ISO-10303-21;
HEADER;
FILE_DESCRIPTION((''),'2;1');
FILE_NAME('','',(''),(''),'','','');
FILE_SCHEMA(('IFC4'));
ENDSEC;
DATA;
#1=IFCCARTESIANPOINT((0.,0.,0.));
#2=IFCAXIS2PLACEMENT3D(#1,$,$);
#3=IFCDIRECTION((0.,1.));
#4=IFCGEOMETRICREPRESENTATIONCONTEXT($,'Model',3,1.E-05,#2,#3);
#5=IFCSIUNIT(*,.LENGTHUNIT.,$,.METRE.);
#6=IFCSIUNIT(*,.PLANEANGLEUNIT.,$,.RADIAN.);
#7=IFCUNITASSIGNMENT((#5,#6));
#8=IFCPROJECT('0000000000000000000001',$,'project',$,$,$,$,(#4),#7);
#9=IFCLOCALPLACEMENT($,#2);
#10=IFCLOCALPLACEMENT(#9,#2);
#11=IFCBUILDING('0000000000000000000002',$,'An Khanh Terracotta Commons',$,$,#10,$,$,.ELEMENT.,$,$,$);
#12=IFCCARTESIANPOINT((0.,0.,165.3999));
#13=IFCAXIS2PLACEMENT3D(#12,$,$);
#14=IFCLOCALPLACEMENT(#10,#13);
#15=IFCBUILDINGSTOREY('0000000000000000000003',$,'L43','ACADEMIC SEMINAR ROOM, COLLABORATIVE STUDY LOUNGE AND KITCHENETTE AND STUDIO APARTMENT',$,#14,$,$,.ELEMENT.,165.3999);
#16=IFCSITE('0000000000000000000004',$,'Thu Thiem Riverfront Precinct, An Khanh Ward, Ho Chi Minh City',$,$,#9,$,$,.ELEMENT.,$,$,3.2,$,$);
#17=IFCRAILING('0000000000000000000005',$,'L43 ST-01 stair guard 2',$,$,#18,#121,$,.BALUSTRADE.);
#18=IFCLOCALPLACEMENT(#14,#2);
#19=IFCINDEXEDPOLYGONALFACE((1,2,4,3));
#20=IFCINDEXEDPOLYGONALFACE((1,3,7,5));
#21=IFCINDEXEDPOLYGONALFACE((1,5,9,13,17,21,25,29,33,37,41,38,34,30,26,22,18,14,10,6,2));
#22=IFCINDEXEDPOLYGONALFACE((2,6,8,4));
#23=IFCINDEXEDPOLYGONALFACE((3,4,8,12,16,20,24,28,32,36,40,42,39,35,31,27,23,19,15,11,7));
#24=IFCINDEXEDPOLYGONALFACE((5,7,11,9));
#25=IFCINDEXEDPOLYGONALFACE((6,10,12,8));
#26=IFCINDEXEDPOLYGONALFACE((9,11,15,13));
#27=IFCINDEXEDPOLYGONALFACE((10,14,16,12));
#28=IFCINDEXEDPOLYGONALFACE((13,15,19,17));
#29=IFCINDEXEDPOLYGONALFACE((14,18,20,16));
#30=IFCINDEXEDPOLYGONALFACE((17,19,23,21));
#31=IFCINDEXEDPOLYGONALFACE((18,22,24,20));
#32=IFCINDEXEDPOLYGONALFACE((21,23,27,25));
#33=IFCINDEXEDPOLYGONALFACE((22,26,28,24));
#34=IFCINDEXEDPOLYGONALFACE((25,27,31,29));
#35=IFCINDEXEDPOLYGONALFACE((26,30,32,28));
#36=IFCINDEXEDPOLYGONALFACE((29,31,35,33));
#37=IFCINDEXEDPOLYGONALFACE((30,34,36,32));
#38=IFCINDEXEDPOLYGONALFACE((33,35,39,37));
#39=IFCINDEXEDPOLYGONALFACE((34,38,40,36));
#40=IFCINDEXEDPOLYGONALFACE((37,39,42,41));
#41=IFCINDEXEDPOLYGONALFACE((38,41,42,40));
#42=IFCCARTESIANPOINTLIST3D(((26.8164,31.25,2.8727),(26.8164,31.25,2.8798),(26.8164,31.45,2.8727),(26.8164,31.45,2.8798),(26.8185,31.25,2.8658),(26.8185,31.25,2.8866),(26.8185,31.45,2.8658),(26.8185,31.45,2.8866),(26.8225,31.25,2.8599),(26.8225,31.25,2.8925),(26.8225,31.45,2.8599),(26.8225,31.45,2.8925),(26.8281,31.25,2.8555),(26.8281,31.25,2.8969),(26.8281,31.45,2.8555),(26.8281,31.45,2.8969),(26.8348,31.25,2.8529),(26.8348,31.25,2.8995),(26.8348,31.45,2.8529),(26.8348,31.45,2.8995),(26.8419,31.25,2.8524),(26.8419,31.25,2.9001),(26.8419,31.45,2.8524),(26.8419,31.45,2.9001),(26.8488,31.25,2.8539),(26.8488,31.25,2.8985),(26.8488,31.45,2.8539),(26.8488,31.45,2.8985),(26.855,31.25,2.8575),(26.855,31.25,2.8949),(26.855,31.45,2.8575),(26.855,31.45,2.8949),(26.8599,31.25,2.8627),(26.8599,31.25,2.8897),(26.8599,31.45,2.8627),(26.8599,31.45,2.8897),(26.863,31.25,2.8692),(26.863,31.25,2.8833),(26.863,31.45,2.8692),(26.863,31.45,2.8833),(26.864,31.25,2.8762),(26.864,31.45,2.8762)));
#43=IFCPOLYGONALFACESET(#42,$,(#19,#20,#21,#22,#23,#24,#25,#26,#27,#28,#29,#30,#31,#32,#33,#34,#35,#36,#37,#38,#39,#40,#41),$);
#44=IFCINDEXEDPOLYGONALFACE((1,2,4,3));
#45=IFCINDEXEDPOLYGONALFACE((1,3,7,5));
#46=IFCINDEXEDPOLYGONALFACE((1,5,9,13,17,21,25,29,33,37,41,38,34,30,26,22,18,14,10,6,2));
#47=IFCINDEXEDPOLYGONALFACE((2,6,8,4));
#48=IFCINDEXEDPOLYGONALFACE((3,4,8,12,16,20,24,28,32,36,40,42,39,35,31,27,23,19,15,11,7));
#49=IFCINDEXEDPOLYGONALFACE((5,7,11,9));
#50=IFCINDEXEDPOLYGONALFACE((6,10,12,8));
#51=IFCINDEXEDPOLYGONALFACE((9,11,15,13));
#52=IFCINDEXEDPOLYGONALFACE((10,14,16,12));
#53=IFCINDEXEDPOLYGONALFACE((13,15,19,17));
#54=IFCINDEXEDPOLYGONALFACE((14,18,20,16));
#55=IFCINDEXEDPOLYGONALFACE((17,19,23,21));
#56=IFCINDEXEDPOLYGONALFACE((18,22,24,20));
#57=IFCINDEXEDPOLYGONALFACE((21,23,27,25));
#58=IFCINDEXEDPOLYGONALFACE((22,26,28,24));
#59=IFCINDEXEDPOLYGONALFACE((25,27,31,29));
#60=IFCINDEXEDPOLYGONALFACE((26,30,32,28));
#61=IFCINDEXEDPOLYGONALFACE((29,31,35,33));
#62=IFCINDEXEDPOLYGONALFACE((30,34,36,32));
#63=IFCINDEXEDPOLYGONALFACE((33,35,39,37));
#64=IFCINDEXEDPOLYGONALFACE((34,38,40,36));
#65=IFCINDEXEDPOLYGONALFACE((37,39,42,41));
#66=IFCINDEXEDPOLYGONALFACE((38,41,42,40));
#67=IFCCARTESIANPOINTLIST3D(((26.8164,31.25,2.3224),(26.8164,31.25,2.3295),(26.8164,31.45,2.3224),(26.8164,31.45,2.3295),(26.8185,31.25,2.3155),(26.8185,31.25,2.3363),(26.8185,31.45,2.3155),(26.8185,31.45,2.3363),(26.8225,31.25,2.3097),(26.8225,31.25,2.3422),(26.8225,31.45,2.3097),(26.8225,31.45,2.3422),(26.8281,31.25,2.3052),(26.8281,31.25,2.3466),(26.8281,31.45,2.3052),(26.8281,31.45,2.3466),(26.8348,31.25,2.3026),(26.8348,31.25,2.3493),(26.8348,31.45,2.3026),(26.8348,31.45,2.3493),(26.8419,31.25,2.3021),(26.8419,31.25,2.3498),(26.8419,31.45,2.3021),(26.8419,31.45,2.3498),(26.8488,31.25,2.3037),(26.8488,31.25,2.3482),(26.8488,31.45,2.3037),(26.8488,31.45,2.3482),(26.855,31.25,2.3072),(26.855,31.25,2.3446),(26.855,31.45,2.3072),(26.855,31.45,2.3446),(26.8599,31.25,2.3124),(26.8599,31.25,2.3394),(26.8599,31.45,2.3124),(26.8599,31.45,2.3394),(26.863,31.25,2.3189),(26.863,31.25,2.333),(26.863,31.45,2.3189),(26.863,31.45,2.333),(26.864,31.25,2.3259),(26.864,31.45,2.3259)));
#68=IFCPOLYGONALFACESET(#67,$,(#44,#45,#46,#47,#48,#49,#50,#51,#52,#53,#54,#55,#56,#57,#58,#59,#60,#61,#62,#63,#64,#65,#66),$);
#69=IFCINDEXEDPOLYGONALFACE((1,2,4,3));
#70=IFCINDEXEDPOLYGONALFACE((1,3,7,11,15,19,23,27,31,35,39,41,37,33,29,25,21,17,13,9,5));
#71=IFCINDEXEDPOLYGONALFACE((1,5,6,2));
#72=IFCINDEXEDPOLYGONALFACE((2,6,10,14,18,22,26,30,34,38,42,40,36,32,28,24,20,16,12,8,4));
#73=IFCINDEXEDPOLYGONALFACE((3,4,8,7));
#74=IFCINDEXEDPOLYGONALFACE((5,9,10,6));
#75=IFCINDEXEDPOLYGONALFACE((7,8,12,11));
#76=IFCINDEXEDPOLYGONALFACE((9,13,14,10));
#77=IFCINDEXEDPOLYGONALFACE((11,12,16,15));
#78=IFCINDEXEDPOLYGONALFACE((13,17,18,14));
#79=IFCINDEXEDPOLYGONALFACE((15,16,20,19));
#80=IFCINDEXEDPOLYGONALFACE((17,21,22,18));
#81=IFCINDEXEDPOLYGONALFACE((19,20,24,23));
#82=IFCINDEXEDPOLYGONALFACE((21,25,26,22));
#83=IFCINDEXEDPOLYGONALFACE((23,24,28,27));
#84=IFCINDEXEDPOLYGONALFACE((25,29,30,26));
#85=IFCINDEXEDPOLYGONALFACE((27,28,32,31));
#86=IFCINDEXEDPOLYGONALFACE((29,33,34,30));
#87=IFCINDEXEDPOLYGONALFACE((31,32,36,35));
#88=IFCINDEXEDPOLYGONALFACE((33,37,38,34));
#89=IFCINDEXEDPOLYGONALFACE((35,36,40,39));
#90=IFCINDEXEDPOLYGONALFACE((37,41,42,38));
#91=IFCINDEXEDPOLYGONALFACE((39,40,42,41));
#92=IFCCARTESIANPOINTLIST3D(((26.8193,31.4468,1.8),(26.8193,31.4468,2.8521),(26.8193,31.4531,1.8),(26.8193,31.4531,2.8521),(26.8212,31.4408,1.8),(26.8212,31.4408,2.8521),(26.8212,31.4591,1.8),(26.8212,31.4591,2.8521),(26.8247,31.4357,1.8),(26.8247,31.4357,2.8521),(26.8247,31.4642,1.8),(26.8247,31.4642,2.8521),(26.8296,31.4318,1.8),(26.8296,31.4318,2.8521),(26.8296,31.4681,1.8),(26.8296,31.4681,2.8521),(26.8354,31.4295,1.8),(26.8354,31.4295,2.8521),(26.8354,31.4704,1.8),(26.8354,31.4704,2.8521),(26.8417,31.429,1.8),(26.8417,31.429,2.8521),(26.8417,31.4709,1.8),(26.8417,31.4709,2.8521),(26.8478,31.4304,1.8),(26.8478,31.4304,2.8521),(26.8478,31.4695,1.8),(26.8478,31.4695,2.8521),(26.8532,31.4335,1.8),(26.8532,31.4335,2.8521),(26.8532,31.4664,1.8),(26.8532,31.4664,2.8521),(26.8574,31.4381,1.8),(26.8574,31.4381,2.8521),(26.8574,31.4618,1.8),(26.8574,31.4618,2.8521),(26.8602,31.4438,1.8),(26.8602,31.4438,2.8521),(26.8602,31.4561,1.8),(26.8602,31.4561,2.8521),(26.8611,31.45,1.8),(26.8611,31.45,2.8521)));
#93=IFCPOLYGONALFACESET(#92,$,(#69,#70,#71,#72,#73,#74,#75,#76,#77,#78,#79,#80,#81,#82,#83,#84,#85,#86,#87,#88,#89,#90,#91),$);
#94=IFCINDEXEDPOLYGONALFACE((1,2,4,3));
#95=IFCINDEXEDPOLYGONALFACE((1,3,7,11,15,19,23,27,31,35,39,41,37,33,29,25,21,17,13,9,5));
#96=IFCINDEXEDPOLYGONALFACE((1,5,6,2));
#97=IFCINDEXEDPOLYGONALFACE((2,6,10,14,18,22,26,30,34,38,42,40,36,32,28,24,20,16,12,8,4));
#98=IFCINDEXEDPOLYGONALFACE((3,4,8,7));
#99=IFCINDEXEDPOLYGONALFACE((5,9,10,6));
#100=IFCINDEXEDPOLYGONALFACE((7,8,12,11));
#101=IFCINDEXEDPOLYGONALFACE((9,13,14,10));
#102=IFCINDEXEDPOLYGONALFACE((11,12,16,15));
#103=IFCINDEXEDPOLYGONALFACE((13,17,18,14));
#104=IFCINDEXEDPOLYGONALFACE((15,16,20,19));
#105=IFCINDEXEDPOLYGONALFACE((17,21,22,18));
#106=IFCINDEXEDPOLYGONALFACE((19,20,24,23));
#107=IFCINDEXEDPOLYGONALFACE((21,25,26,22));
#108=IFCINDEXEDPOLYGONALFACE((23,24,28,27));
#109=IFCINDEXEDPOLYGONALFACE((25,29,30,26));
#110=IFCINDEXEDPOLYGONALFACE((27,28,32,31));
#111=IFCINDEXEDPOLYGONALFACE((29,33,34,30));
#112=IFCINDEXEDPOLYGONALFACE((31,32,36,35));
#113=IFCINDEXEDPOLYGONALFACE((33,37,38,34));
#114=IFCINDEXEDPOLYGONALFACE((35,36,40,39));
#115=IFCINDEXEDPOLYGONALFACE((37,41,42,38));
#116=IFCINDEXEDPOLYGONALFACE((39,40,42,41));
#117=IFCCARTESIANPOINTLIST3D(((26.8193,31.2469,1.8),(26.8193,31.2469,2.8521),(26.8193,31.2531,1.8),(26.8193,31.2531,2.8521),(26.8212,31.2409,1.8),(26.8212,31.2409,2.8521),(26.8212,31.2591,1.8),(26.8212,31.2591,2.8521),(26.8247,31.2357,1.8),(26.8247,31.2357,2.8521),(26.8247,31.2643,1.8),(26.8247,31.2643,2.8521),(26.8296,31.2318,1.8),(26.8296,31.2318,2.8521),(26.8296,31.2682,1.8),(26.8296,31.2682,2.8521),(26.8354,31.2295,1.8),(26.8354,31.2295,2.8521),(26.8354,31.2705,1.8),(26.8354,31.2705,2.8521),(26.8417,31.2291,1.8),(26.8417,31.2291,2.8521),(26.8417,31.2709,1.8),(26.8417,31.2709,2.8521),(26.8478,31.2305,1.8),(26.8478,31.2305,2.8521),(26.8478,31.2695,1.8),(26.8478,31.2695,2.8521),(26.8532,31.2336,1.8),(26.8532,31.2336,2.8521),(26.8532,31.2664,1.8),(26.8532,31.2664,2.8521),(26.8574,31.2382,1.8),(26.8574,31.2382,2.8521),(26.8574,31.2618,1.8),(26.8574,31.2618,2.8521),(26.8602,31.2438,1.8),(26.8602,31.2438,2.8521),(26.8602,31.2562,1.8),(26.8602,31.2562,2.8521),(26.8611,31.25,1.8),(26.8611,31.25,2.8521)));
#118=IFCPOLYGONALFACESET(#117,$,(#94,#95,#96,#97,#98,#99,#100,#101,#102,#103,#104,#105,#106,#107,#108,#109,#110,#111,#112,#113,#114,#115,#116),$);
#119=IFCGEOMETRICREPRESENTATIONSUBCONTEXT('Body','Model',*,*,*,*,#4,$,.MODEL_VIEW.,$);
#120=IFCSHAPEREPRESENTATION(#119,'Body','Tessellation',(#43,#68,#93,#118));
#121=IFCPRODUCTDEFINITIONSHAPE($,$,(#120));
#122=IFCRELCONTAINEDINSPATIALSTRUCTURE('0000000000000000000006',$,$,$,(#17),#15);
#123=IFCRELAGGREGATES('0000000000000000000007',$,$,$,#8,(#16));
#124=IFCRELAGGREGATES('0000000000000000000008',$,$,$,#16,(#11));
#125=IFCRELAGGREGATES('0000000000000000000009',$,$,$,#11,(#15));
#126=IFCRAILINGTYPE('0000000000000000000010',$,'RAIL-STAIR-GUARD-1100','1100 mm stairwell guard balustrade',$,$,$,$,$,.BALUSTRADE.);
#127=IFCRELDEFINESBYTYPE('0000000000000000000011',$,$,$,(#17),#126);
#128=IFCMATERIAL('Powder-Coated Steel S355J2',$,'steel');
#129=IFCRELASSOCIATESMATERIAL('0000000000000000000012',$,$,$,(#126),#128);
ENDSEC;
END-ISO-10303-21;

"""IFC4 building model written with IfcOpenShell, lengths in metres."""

from ifc_helpers import new_model, si_unit, direction, frame, origin, origin_2d, place, context, subcontext, project, spatial, circle, extrude, material, type_object, element, save


model = new_model("IFC4")

# Units and contexts
model_context = context("Model", 3, precision=1e-05, world=origin(), true_north=direction((0.0, 1.0)))
body_context = subcontext(model_context, "Body", "Model", "MODEL_VIEW")
ifc_project = project(units=[si_unit("LENGTHUNIT", "METRE"), si_unit("PLANEANGLEUNIT", "RADIAN")], contexts=[model_context])

# Site, building, storey
site_placement = place(None, origin())
site = spatial("IfcSite", under=ifc_project, at=site_placement, Name="Thu Thiem Riverfront Precinct, An Khanh Ward, Ho Chi Minh City", CompositionType="ELEMENT", RefElevation=3.2)
building_placement = place(site_placement, origin())
building = spatial("IfcBuilding", under=site, at=building_placement, Name="An Khanh Terracotta Commons", CompositionType="ELEMENT")
storey_placement = place(building_placement, frame((0.0, 0.0, 165.3999)))
storey = spatial("IfcBuildingStorey", under=building, at=storey_placement, Name="L43", Description="ACADEMIC SEMINAR ROOM, COLLABORATIVE STUDY LOUNGE AND KITCHENETTE AND STUDIO APARTMENT", CompositionType="ELEMENT", Elevation=165.3999)

# Railing
ifc_material_1 = material(Name="Powder-Coated Steel S355J2", Category="steel")
railing_type_1 = type_object("IfcRailingType", Name="RAIL-STAIR-GUARD-1100", Description="1100 mm stairwell guard balustrade", PredefinedType="BALUSTRADE", material=ifc_material_1)
railing_1_placement = place(storey_placement, frame((26.8401, 31.45, 1.8)))
element("IfcRailing", 1, at=railing_1_placement, inside=storey, type_object=railing_type_1, Name="L43 ST-01 stair guard 2", PredefinedType="BALUSTRADE", context=body_context, shape_type="SweptSolid", body=[
    extrude(circle(Radius=0.0239, at=origin_2d()), frame((0.0, 0.0, 1.0762), z_axis=(0.0, -1.0, 0.0), x_axis=(1.0, 0.0, 0.0)), (0.0, 0.0, 1.0), 0.2),
    extrude(circle(Radius=0.0239, at=origin_2d()), frame((0.0, 0.0, 0.5259), z_axis=(0.0, -1.0, 0.0), x_axis=(1.0, 0.0, 0.0)), (0.0, 0.0, 1.0), 0.2),
    extrude(circle(Radius=0.021, at=origin_2d()), origin(), (0.0, 0.0, 1.0), 1.052),
    extrude(circle(Radius=0.021, at=origin_2d()), frame((0.0, -0.2, 0.0)), (0.0, 0.0, 1.0), 1.052),
])

save(model, "model.ifc")
